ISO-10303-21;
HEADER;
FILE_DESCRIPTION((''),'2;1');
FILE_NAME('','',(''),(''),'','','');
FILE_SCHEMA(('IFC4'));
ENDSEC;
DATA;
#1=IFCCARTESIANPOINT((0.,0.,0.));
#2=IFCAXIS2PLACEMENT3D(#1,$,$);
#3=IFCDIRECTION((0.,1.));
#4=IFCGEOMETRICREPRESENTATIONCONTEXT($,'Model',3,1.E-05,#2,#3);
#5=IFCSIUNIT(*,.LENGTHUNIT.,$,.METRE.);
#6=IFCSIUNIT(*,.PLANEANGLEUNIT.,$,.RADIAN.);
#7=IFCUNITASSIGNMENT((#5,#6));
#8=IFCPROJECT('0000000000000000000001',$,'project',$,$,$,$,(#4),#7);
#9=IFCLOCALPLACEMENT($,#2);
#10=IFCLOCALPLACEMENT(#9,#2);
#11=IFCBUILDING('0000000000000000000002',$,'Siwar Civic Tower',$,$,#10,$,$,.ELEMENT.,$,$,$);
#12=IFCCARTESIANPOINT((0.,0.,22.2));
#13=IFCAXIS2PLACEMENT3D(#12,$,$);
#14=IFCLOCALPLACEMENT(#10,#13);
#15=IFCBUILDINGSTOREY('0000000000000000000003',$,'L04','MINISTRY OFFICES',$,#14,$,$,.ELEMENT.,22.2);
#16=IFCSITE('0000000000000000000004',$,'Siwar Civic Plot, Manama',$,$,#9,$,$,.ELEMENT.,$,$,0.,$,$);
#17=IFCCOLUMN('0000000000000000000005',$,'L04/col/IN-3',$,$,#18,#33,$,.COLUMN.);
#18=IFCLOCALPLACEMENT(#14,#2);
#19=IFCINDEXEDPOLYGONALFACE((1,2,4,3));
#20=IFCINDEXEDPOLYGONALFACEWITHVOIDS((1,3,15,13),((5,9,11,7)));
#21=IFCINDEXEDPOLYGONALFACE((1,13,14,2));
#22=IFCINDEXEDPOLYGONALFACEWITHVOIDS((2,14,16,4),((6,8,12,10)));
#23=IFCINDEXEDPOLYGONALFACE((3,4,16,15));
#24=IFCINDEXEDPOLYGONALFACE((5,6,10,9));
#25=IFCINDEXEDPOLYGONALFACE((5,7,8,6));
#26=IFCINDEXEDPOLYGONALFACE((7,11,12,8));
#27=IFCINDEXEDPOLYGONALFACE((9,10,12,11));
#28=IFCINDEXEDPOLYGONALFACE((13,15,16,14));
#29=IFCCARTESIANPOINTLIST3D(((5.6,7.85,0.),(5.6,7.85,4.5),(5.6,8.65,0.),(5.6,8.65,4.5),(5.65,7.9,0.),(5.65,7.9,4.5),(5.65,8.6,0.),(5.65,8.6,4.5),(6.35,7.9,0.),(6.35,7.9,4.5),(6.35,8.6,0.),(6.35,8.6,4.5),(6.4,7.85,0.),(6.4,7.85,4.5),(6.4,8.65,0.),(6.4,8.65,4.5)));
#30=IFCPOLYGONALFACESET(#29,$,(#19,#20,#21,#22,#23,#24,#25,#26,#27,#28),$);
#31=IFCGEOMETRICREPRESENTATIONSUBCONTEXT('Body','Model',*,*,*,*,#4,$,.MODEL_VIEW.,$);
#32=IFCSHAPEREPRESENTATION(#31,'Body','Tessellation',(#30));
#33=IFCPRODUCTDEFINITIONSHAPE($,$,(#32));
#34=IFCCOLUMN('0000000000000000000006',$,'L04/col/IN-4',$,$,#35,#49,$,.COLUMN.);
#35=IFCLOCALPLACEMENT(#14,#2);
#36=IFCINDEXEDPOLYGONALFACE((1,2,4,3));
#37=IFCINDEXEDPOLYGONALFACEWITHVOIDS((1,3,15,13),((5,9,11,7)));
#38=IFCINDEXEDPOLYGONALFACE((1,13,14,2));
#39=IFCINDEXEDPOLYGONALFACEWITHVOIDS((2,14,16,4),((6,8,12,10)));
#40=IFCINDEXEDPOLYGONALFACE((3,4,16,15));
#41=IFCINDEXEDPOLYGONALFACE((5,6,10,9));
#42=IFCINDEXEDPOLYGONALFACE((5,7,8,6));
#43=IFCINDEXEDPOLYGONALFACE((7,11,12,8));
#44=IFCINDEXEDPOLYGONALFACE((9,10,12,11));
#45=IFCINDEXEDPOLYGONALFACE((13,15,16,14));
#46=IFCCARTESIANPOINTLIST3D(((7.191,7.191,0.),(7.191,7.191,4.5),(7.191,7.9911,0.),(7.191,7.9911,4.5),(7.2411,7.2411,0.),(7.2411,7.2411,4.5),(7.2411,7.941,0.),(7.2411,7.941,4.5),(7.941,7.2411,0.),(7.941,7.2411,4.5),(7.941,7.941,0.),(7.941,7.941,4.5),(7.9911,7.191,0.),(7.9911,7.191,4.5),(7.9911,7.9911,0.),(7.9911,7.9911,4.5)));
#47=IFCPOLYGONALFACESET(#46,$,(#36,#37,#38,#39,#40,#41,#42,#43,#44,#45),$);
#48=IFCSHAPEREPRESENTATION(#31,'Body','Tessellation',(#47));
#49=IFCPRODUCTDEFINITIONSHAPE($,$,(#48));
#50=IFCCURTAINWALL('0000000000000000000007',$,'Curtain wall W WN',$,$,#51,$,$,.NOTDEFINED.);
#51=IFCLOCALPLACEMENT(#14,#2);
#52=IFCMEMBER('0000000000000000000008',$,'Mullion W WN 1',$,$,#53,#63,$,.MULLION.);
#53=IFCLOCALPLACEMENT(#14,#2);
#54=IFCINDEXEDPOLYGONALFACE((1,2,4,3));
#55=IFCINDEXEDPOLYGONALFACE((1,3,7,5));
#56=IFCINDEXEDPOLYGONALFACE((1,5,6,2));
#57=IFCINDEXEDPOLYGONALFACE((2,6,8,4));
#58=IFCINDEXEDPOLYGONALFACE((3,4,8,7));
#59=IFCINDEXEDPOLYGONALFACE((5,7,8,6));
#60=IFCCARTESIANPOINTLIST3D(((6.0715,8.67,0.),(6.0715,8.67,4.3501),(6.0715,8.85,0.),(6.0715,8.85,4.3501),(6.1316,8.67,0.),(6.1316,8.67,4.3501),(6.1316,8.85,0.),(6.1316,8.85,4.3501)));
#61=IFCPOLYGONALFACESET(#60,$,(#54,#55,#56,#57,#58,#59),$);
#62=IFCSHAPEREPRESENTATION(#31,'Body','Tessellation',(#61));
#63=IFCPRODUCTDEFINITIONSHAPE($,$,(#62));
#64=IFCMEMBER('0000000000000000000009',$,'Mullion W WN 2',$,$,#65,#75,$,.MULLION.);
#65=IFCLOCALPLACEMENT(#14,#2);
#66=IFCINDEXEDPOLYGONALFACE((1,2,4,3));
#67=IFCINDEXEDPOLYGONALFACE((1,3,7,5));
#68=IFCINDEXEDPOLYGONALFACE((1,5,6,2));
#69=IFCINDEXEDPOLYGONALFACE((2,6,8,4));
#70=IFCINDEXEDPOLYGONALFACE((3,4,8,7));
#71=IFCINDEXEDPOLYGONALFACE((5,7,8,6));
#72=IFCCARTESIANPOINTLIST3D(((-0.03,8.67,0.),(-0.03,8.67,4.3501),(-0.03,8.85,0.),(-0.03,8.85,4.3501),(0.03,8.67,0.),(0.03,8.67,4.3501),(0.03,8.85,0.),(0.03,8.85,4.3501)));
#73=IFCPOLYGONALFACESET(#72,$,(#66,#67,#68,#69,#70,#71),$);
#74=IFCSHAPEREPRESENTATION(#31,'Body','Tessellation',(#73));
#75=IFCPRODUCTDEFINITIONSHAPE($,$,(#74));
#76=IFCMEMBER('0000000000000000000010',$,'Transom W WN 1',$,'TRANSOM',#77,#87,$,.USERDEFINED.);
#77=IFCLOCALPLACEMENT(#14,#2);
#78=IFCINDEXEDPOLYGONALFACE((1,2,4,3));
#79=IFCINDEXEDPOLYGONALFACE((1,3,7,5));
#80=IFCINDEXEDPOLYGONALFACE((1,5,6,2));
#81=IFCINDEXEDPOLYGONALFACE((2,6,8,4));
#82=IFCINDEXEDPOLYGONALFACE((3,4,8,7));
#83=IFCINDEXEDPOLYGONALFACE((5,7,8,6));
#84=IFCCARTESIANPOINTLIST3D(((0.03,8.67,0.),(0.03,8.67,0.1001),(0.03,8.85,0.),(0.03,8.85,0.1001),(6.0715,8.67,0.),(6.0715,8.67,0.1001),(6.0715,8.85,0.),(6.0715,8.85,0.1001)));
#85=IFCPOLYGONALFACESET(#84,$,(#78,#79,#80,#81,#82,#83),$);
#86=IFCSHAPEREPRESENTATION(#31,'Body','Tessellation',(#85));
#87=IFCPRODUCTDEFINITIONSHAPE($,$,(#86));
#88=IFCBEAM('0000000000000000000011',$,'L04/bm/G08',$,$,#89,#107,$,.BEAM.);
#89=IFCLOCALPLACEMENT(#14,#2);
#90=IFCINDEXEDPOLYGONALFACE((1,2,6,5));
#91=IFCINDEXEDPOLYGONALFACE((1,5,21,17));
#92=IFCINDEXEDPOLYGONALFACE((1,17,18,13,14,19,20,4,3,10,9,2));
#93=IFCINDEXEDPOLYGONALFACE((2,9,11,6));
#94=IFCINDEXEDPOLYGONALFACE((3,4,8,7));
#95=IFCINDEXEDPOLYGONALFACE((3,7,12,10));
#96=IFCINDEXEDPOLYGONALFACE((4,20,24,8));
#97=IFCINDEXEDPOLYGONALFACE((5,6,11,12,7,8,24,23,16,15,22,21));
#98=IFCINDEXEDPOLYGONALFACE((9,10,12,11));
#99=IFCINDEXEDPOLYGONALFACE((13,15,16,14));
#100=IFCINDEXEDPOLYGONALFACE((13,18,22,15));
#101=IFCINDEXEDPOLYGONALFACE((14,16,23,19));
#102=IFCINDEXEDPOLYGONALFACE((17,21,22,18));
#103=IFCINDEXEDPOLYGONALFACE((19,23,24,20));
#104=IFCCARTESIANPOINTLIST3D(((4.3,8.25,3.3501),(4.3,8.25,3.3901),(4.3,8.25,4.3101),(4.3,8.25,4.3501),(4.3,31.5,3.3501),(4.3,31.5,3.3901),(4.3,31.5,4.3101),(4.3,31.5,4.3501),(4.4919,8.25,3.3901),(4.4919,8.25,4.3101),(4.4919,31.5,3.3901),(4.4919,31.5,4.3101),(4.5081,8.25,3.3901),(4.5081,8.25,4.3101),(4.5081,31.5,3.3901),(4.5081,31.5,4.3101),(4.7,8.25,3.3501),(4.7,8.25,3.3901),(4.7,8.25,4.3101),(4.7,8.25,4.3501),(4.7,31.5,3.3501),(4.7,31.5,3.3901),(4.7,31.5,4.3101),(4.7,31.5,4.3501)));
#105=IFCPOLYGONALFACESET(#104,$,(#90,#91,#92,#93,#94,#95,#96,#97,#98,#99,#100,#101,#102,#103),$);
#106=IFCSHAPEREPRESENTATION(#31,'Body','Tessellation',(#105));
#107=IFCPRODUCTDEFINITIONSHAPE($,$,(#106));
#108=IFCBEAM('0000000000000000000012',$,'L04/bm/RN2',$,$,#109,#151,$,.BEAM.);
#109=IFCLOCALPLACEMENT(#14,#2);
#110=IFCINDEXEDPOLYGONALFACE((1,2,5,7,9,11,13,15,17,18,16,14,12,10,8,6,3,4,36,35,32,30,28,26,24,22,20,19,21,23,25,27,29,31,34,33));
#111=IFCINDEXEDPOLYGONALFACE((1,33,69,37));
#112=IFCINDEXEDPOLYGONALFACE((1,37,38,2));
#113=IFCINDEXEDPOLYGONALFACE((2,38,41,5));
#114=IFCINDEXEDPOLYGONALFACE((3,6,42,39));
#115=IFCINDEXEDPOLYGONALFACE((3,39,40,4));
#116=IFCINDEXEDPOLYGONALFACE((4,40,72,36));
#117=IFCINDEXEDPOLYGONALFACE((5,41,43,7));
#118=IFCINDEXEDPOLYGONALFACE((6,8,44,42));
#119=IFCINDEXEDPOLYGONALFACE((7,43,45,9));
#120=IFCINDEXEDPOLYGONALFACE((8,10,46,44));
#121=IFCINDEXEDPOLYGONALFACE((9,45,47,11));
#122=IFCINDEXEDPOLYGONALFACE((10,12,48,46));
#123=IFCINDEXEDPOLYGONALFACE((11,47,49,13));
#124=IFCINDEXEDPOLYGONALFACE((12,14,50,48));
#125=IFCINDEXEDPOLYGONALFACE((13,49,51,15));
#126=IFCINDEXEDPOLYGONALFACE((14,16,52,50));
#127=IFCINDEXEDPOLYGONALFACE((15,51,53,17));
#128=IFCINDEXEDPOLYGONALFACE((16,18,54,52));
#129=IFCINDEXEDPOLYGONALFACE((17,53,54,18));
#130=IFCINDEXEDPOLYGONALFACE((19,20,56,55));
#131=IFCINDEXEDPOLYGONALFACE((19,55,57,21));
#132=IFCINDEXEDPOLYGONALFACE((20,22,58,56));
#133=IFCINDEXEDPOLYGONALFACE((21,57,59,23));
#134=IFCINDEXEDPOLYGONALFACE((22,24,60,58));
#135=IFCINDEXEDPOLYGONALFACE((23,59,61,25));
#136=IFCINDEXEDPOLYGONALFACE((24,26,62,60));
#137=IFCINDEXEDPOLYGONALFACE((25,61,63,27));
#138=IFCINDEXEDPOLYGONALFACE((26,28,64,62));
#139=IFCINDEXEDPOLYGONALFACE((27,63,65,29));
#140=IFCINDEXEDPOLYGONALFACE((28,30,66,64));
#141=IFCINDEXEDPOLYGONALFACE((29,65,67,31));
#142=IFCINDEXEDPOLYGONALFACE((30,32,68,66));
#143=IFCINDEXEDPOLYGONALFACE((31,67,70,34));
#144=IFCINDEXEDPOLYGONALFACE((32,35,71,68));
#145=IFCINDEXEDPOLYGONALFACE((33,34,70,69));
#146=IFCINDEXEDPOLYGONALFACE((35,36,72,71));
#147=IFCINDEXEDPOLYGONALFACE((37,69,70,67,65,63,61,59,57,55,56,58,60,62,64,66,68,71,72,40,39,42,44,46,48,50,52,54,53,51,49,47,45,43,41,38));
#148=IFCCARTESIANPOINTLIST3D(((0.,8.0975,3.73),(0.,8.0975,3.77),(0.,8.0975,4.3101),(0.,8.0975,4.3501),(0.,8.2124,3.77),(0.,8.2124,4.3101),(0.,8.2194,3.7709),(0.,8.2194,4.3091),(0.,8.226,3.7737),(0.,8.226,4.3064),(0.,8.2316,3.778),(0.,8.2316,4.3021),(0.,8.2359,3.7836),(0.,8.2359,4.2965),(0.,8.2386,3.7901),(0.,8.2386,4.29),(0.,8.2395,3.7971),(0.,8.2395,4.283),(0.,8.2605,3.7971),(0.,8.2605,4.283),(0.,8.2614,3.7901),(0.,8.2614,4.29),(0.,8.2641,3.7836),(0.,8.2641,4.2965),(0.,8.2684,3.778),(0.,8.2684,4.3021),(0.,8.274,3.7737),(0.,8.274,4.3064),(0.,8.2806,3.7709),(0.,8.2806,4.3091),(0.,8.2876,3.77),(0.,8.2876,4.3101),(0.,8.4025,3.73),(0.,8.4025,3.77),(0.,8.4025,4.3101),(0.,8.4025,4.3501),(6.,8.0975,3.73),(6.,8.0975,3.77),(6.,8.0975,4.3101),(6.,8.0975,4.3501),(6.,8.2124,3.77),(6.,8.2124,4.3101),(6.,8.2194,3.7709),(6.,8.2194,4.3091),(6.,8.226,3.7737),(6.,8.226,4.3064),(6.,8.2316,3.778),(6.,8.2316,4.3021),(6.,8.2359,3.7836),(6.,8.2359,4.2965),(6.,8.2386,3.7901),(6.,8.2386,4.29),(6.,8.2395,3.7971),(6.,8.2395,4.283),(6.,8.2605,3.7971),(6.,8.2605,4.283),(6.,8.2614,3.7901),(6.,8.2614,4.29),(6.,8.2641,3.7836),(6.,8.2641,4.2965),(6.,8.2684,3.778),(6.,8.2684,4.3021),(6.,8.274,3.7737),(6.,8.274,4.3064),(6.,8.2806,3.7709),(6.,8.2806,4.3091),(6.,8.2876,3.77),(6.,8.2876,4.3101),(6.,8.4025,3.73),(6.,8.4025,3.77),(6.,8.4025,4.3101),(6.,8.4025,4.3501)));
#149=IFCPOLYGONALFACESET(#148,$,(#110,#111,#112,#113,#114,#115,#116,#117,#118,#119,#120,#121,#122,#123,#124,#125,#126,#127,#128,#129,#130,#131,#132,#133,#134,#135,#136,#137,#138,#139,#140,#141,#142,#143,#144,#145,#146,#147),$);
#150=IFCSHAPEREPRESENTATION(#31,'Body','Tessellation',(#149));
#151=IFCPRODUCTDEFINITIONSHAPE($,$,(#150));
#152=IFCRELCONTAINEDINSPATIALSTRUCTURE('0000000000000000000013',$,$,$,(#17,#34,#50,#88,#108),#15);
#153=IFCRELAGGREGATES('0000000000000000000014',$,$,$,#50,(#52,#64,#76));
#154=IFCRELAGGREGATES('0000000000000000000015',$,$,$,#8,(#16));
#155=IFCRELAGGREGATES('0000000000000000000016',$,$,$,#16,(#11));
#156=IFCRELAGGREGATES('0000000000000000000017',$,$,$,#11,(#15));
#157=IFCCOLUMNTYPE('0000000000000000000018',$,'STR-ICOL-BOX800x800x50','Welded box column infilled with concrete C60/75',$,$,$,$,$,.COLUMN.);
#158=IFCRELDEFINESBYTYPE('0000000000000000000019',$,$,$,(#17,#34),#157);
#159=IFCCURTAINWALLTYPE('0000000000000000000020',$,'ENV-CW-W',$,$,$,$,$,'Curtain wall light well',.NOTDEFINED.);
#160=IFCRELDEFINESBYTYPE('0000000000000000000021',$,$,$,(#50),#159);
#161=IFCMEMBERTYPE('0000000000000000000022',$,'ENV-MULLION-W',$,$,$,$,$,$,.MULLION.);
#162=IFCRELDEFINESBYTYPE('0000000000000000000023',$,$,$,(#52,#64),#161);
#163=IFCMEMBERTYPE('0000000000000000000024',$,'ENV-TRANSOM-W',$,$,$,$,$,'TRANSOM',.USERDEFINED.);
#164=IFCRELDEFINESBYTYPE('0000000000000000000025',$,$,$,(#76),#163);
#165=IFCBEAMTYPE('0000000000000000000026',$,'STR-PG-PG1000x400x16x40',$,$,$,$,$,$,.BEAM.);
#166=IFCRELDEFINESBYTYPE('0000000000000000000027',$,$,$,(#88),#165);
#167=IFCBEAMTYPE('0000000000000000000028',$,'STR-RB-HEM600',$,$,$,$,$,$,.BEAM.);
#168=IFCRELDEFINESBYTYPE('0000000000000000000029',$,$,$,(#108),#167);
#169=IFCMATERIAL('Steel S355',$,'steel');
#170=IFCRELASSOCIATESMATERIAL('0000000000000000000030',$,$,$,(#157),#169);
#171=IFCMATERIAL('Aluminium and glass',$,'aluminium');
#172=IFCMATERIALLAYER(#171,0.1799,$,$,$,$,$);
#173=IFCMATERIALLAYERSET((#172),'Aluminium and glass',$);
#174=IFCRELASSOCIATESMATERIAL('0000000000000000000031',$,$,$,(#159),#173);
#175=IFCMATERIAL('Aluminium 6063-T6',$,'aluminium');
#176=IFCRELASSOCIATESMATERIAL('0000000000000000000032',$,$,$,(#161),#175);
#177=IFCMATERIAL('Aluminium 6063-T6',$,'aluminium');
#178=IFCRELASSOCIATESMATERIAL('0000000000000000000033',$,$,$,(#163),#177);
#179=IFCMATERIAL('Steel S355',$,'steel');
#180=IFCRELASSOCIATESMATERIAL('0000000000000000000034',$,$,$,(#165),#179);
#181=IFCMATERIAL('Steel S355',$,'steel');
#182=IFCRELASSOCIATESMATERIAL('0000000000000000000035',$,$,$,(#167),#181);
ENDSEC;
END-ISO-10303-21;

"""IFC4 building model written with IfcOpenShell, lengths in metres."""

from ifc_helpers import new_model, si_unit, direction, frame, origin, origin_2d, place, context, subcontext, project, spatial, rectangle, hollow_rectangle, i_section, extrude, material, layer, layer_set, material_profile, profile_set, type_object, element, aggregate, save


model = new_model("IFC4")

# Units and contexts
model_context = context("Model", 3, precision=1e-05, world=origin(), true_north=direction((0.0, 1.0)))
body_context = subcontext(model_context, "Body", "Model", "MODEL_VIEW")
ifc_project = project(units=[si_unit("LENGTHUNIT", "METRE"), si_unit("PLANEANGLEUNIT", "RADIAN")], contexts=[model_context])

# Site, building, storey
site_placement = place(None, origin())
site = spatial("IfcSite", under=ifc_project, at=site_placement, Name="Siwar Civic Plot, Manama", CompositionType="ELEMENT", RefElevation=0.0)
building_placement = place(site_placement, origin())
building = spatial("IfcBuilding", under=site, at=building_placement, Name="Siwar Civic Tower", CompositionType="ELEMENT")
storey_placement = place(building_placement, frame((0.0, 0.0, 22.2)))
storey = spatial("IfcBuildingStorey", under=building, at=storey_placement, Name="L04", Description="MINISTRY OFFICES", CompositionType="ELEMENT", Elevation=22.2)

# Columns
ifc_material_1 = material(Name="Steel S355", Category="steel")
ifc_material_profile_1 = material_profile(ifc_material_1, hollow_rectangle(XDim=0.8, YDim=0.8, WallThickness=0.05, at=origin_2d()), Name="BOX800x800x50")
ifc_profile_set_1 = profile_set([ifc_material_profile_1], Name="Steel S355")
column_type = type_object("IfcColumnType", Name="STR-ICOL-BOX800x800x50", Description="Welded box column infilled with concrete C60/75", PredefinedType="COLUMN", material=ifc_profile_set_1)
for number, where, z_axis, x_axis, name in (
    (1, (6.0, 8.25, 0.0), (0.0, 0.0, 1.0), (1.0, 0.0, 0.0), "L04/col/IN-3"),
    (2, (7.5911, 7.5911, 0.0), (0.0, 0.0, 1.0), (1.0, 0.0, 0.0), "L04/col/IN-4"),
):
    element("IfcColumn", number, at=place(storey_placement, frame(where, z_axis=z_axis, x_axis=x_axis)), inside=storey, type_object=column_type, Name=name, PredefinedType="COLUMN", context=body_context, shape_type="SweptSolid", body=[
        extrude(hollow_rectangle(XDim=0.8, YDim=0.8, WallThickness=0.05, at=origin_2d()), origin(), (0.0, 0.0, 1.0), 4.5),
    ])

# Curtain wall, members
ifc_material_2 = material(Name="Aluminium and glass", Category="aluminium")
ifc_layer_1 = layer(ifc_material_2, 0.1799)
ifc_layer_set_1 = layer_set([ifc_layer_1], Name="Aluminium and glass")
curtain_wall_type = type_object("IfcCurtainWallType", Name="ENV-CW-W", ElementType="Curtain wall light well", PredefinedType="NOTDEFINED", material=ifc_layer_set_1)
curtain_wall_placement = place(storey_placement, origin())
curtain_wall = element("IfcCurtainWall", 3, at=curtain_wall_placement, inside=storey, type_object=curtain_wall_type, Name="Curtain wall W WN", PredefinedType="NOTDEFINED")
ifc_material_3 = material(Name="Aluminium 6063-T6", Category="aluminium")
ifc_material_profile_2 = material_profile(ifc_material_3, rectangle(XDim=0.1799, YDim=0.0601, at=origin_2d()), Name="AL 180x60")
ifc_profile_set_2 = profile_set([ifc_material_profile_2], Name="Aluminium 6063-T6")
member_type_1 = type_object("IfcMemberType", Name="ENV-MULLION-W", PredefinedType="MULLION", material=ifc_profile_set_2)
member_1_placement = place(storey_placement, frame((6.1016, 8.76, 0.0), z_axis=(0.0, 0.0, 1.0), x_axis=(0.0, -1.0, 0.0)))
member_1 = element("IfcMember", 4, at=member_1_placement, type_object=member_type_1, Name="Mullion W WN 1", PredefinedType="MULLION", context=body_context, shape_type="SweptSolid", body=[
    extrude(rectangle(XDim=0.1799, YDim=0.0601, at=origin_2d()), origin(), (0.0, 0.0, 1.0), 4.3501),
])
member_2_placement = place(storey_placement, frame((0.0, 8.76, 0.0), z_axis=(0.0, 0.0, 1.0), x_axis=(0.0, -1.0, 0.0)))
member_2 = element("IfcMember", 5, at=member_2_placement, type_object=member_type_1, Name="Mullion W WN 2", PredefinedType="MULLION", context=body_context, shape_type="SweptSolid", body=[
    extrude(rectangle(XDim=0.1799, YDim=0.0601, at=origin_2d()), origin(), (0.0, 0.0, 1.0), 4.3501),
])
ifc_material_4 = material(Name="Aluminium 6063-T6", Category="aluminium")
ifc_material_profile_3 = material_profile(ifc_material_4, rectangle(XDim=0.1799, YDim=0.1001, at=origin_2d()), Name="AL 180x100")
ifc_profile_set_3 = profile_set([ifc_material_profile_3], Name="Aluminium 6063-T6")
member_type_2 = type_object("IfcMemberType", Name="ENV-TRANSOM-W", ElementType="TRANSOM", PredefinedType="USERDEFINED", material=ifc_profile_set_3)
member_3_placement = place(storey_placement, frame((6.0715, 8.76, 0.05), z_axis=(-1.0, 0.0, 0.0), x_axis=(0.0, -1.0, 0.0)))
member_3 = element("IfcMember", 6, at=member_3_placement, type_object=member_type_2, Name="Transom W WN 1", ObjectType="TRANSOM", PredefinedType="USERDEFINED", context=body_context, shape_type="SweptSolid", body=[
    extrude(rectangle(XDim=0.1799, YDim=0.1001, at=origin_2d()), origin(), (0.0, 0.0, 1.0), 6.0415),
])

# Beams
ifc_material_5 = material(Name="Steel S355", Category="steel")
ifc_material_profile_4 = material_profile(ifc_material_5, i_section(OverallWidth=0.3999, OverallDepth=1.0, WebThickness=0.0161, FlangeThickness=0.04, at=origin_2d()), Name="PG1000x400x16x40")
ifc_profile_set_4 = profile_set([ifc_material_profile_4], Name="Steel S355")
beam_type_1 = type_object("IfcBeamType", Name="STR-PG-PG1000x400x16x40", PredefinedType="BEAM", material=ifc_profile_set_4)
beam_1_placement = place(storey_placement, frame((4.5, 8.25, 3.8501), z_axis=(0.0, 1.0, 0.0), x_axis=(-1.0, 0.0, 0.0)))
element("IfcBeam", 7, at=beam_1_placement, inside=storey, type_object=beam_type_1, Name="L04/bm/G08", PredefinedType="BEAM", context=body_context, shape_type="SweptSolid", body=[
    extrude(i_section(OverallWidth=0.3999, OverallDepth=1.0, WebThickness=0.0161, FlangeThickness=0.04, at=origin_2d()), origin(), (0.0, 0.0, 1.0), 23.25),
])
ifc_material_6 = material(Name="Steel S355", Category="steel")
ifc_material_profile_5 = material_profile(ifc_material_6, i_section(OverallWidth=0.3049, OverallDepth=0.6201, WebThickness=0.021, FlangeThickness=0.04, FilletRadius=0.0271, at=origin_2d()), Name="HEM600")
ifc_profile_set_5 = profile_set([ifc_material_profile_5], Name="Steel S355")
beam_type_2 = type_object("IfcBeamType", Name="STR-RB-HEM600", PredefinedType="BEAM", material=ifc_profile_set_5)
beam_2_placement = place(storey_placement, frame((0.0, 8.25, 4.04), z_axis=(1.0, 0.0, 0.0), x_axis=(0.0, 1.0, 0.0)))
element("IfcBeam", 8, at=beam_2_placement, inside=storey, type_object=beam_type_2, Name="L04/bm/RN2", PredefinedType="BEAM", context=body_context, shape_type="SweptSolid", body=[
    extrude(i_section(OverallWidth=0.3049, OverallDepth=0.6201, WebThickness=0.021, FlangeThickness=0.04, FilletRadius=0.0271, at=origin_2d()), origin(), (0.0, 0.0, 1.0), 6.0),
])

aggregate(curtain_wall, [member_1, member_2, member_3])

save(model, "model.ifc")
